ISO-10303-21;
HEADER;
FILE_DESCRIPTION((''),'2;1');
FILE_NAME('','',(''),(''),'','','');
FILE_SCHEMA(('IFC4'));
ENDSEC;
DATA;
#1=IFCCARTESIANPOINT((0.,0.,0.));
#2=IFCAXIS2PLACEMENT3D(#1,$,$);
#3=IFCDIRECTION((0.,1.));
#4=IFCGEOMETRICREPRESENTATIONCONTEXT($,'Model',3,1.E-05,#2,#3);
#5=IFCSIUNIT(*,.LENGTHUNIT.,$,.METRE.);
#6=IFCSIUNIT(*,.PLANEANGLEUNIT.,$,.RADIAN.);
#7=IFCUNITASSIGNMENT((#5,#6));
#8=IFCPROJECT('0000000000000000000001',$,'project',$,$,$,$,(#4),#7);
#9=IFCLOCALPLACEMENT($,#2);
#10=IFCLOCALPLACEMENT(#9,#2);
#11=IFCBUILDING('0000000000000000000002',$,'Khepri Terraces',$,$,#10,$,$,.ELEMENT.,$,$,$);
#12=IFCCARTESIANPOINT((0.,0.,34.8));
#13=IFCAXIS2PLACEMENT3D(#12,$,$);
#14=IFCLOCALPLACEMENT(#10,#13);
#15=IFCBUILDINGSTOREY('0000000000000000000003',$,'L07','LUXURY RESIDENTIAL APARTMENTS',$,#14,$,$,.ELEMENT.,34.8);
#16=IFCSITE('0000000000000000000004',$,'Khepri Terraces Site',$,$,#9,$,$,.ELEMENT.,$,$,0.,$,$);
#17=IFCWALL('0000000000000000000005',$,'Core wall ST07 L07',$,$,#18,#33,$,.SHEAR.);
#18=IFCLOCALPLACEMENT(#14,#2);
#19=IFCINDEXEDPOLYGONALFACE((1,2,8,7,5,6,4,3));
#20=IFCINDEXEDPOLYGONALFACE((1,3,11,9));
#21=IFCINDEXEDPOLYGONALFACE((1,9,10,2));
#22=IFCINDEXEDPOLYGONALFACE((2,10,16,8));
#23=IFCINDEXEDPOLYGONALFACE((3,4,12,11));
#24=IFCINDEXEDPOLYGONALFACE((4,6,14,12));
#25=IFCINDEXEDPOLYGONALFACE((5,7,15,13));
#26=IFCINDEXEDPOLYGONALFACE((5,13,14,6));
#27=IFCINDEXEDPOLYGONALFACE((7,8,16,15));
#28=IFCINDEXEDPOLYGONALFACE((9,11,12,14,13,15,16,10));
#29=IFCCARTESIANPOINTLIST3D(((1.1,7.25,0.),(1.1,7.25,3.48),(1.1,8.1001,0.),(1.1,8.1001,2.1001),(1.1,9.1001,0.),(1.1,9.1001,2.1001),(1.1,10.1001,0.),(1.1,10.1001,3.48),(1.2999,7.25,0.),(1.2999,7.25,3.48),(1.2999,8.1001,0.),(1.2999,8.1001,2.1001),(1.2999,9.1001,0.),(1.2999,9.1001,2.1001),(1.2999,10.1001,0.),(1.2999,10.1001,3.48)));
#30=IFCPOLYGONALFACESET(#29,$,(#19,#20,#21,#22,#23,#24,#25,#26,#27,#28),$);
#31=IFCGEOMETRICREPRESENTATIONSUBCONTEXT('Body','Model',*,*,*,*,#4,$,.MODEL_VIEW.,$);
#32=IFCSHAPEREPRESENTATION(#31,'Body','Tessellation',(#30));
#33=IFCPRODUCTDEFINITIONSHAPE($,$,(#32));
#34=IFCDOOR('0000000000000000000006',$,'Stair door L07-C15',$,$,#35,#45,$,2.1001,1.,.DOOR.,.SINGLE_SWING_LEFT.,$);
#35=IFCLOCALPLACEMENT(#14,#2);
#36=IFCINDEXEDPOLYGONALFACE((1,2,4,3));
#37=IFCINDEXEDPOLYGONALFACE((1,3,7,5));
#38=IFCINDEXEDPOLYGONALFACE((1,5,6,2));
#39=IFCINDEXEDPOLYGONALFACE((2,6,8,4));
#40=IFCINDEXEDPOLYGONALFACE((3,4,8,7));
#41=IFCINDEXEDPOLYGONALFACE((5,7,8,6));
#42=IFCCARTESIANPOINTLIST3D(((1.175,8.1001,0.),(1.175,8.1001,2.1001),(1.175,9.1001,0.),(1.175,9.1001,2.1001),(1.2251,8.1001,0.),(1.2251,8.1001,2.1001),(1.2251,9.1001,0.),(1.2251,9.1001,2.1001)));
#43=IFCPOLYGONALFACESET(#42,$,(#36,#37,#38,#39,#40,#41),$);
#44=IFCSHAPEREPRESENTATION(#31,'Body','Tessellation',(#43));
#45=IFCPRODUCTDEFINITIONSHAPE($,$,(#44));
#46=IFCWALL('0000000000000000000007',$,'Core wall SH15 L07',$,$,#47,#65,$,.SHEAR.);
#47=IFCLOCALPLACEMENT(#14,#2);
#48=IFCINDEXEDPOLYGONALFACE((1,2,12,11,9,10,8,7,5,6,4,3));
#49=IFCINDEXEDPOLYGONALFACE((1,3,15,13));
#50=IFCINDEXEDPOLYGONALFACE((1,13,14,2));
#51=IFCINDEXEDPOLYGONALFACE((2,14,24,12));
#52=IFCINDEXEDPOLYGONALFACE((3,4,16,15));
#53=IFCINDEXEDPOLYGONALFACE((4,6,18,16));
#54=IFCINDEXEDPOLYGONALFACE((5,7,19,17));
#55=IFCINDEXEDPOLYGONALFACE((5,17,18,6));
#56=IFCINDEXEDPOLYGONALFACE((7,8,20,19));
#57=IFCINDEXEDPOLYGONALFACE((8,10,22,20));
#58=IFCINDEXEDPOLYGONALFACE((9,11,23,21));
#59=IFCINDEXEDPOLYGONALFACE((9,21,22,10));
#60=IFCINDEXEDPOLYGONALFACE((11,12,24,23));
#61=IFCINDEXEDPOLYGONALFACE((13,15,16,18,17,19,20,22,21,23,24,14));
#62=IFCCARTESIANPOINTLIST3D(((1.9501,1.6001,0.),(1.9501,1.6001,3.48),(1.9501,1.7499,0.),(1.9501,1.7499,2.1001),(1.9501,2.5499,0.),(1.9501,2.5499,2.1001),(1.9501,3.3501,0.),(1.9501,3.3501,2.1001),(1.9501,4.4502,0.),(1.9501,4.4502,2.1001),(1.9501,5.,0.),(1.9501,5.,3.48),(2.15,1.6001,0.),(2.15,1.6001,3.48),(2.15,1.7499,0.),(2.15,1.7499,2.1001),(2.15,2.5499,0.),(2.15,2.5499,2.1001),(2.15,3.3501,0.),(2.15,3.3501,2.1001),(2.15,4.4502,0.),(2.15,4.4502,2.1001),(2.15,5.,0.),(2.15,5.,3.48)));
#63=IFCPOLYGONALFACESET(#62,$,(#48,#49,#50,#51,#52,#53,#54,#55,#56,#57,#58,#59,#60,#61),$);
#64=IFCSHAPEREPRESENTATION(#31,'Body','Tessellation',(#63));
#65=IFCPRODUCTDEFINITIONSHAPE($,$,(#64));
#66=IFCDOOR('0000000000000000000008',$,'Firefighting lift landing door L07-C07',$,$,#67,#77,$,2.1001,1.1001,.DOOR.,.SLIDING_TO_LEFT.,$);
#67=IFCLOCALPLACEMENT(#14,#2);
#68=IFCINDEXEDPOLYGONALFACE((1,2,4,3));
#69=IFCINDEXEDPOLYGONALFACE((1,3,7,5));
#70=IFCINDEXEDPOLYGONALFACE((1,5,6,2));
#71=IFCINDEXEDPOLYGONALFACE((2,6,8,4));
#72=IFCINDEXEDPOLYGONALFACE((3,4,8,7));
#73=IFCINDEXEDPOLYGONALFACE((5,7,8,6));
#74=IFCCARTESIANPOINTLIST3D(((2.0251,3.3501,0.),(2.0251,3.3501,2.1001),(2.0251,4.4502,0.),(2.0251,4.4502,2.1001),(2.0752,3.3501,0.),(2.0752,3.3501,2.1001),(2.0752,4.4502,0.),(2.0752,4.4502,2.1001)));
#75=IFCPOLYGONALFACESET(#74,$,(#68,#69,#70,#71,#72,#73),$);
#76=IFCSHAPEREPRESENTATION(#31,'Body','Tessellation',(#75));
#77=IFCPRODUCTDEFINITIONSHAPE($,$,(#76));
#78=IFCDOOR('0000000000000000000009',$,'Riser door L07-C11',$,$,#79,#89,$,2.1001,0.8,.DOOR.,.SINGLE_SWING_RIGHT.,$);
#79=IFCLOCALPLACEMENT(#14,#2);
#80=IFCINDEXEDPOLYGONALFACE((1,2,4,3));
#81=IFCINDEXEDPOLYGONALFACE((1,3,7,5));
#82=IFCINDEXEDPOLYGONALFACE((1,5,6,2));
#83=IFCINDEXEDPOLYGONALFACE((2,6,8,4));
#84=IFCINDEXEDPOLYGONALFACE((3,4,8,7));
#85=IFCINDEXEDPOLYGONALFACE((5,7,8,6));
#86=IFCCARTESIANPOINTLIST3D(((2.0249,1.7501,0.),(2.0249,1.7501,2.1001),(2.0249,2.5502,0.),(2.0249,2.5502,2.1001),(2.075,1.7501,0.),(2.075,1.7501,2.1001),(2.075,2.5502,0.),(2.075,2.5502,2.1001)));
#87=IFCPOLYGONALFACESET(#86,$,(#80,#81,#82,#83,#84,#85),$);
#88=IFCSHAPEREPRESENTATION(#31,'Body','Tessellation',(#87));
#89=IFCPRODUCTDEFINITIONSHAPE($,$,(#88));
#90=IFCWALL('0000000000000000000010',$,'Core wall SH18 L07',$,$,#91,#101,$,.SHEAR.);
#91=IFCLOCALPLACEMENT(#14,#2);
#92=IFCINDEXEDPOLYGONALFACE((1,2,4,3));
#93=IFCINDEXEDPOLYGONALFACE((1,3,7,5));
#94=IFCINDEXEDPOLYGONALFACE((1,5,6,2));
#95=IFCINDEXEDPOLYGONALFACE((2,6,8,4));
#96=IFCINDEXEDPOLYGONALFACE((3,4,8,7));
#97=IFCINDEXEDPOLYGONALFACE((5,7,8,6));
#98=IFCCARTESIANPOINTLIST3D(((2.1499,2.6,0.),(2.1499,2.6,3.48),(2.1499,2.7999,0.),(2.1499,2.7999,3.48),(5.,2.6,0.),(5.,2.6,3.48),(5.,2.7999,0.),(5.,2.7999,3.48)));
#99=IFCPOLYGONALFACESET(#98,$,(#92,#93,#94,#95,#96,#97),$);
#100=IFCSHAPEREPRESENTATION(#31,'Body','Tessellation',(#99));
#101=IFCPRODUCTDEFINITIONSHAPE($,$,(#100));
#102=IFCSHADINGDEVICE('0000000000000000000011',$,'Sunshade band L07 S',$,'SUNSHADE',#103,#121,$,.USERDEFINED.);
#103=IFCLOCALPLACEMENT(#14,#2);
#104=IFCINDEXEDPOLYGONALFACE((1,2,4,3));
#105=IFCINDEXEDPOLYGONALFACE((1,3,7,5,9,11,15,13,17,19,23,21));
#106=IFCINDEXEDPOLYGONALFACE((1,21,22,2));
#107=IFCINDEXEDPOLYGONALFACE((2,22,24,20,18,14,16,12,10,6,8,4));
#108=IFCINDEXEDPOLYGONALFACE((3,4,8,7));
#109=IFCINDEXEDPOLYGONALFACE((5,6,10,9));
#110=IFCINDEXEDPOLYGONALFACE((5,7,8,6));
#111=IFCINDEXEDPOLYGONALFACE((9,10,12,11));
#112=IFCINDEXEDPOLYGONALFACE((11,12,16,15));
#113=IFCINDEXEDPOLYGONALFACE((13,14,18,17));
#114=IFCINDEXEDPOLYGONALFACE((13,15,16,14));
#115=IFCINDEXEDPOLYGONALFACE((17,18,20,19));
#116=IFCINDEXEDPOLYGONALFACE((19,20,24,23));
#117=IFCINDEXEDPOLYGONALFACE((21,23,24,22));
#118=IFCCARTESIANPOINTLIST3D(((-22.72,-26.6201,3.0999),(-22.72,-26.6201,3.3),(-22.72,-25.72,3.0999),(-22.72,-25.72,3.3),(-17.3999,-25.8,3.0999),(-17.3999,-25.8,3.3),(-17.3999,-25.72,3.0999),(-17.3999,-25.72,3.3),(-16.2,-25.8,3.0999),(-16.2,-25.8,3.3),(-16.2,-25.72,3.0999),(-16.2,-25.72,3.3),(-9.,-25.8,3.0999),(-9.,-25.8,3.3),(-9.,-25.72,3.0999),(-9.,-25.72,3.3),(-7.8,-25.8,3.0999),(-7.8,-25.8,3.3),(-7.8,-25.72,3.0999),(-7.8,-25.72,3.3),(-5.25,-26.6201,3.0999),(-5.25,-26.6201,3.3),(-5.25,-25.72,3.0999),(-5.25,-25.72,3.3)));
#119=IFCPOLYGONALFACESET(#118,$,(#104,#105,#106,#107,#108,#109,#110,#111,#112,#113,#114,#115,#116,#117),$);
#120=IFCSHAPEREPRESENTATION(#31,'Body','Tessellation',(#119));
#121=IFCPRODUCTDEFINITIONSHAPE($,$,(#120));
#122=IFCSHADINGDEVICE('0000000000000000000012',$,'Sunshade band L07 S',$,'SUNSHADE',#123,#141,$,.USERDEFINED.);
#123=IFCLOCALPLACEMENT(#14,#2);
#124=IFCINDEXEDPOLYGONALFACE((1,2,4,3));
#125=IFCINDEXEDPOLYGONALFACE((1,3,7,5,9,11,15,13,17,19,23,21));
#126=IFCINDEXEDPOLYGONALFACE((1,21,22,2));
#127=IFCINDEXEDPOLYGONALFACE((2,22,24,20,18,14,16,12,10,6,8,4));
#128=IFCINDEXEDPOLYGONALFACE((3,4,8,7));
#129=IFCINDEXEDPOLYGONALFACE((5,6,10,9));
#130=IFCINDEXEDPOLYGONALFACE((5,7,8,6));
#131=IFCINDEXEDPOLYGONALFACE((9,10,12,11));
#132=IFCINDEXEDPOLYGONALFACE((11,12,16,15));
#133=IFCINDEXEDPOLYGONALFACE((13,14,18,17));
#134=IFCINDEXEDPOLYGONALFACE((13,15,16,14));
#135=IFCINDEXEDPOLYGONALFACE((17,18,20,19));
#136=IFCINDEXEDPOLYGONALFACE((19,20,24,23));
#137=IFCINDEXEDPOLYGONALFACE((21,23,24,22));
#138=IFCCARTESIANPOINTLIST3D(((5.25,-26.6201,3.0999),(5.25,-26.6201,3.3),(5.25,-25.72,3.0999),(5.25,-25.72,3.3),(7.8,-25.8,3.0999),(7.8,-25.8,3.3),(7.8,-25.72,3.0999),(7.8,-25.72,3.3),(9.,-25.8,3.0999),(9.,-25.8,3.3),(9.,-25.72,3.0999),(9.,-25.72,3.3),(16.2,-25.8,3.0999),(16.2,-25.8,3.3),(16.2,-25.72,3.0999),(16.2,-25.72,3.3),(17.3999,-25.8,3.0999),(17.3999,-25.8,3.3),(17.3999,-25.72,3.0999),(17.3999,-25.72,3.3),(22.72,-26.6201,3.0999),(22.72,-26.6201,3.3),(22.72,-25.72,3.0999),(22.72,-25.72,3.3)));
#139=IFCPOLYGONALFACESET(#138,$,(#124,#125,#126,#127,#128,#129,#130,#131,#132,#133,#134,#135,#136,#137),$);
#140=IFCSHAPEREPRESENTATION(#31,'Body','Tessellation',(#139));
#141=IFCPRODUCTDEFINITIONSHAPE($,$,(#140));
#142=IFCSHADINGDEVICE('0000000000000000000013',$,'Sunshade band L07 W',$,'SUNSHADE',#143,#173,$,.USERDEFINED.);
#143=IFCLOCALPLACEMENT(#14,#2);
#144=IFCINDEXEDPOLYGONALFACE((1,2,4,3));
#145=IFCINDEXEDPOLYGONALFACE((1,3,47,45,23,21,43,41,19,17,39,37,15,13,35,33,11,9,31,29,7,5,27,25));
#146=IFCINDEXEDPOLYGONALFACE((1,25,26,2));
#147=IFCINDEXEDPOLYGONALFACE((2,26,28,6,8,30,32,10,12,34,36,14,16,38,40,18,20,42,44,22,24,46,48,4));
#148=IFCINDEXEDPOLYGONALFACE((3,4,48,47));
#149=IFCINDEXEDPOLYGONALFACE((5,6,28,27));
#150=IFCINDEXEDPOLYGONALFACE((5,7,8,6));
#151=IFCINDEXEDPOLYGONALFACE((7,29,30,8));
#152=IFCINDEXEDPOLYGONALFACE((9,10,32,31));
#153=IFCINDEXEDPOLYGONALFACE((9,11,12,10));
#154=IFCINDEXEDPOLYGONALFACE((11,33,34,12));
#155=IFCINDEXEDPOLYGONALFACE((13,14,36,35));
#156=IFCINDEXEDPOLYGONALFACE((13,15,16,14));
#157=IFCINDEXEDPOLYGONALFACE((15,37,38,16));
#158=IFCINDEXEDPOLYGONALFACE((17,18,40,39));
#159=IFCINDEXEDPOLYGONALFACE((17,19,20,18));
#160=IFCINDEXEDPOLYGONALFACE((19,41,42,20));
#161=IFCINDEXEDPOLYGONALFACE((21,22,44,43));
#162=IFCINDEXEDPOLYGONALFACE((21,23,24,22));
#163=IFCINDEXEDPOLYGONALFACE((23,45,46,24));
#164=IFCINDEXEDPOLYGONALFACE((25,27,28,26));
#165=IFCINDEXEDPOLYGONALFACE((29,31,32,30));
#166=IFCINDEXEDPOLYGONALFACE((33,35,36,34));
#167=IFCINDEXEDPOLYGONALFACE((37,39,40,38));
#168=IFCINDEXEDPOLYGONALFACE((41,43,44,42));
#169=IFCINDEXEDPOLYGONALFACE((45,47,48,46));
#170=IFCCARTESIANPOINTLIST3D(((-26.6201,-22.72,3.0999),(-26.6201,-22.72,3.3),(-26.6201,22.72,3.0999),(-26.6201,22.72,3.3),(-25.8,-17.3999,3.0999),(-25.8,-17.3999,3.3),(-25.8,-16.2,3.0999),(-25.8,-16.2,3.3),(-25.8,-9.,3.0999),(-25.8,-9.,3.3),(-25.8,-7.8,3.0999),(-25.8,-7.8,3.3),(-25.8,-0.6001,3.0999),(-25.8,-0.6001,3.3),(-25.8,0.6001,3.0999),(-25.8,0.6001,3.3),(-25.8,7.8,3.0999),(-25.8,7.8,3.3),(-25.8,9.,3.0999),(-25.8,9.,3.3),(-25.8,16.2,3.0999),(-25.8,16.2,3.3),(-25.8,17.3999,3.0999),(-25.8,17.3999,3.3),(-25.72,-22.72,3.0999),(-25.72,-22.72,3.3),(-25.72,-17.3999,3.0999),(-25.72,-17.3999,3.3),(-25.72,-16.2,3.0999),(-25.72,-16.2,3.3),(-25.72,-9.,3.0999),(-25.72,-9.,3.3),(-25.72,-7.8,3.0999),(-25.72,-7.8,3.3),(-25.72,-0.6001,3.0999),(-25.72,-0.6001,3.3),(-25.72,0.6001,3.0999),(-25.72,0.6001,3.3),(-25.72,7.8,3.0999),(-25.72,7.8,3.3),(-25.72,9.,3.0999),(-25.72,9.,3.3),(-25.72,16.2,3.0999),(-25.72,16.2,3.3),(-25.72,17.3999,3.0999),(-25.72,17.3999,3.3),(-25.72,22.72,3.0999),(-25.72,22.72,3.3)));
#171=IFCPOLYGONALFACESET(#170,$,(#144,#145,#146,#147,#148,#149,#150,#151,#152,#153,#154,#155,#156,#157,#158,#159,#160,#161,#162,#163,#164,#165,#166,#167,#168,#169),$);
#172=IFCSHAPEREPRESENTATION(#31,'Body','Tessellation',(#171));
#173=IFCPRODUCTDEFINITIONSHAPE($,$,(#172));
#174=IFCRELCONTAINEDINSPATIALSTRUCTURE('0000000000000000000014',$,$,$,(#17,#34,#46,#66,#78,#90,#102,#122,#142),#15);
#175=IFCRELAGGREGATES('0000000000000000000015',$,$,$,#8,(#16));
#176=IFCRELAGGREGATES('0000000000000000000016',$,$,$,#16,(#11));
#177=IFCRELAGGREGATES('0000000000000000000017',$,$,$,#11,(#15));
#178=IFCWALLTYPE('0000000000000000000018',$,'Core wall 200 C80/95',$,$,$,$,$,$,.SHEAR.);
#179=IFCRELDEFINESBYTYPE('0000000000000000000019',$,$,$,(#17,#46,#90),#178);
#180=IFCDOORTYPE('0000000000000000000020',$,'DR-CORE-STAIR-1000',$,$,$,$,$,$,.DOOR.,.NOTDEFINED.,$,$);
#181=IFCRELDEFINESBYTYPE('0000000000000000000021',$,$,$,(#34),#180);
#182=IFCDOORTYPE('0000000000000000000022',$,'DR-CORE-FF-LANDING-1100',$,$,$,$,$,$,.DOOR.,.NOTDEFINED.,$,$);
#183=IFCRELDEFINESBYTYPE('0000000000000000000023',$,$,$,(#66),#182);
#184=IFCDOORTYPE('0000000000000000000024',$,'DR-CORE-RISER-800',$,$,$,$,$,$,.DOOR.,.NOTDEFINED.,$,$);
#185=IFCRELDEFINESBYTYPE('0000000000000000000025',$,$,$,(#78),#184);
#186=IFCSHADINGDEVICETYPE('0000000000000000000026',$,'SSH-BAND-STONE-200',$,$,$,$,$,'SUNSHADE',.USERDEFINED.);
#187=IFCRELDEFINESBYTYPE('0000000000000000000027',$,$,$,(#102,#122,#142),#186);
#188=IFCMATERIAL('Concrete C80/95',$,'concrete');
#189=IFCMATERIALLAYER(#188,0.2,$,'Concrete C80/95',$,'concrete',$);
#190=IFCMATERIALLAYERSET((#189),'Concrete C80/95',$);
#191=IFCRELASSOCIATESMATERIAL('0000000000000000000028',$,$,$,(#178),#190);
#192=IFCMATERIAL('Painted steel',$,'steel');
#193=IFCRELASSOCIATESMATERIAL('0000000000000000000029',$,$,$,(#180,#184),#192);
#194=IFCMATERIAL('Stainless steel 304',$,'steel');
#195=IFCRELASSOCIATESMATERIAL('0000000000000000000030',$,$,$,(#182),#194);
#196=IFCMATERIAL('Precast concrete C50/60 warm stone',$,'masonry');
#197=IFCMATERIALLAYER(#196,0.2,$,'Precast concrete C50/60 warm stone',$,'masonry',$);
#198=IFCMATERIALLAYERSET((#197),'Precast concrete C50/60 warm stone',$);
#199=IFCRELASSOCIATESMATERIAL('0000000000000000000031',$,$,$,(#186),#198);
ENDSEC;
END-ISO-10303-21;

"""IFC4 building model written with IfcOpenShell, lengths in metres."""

from ifc_helpers import new_model, si_unit, direction, frame, frame_2d, origin, place, context, subcontext, project, spatial, polyline, rectangle, outline, extrude, material, layer, layer_set, type_object, element, fill, save


model = new_model("IFC4")

# Units and contexts
model_context = context("Model", 3, precision=1e-05, world=origin(), true_north=direction((0.0, 1.0)))
body_context = subcontext(model_context, "Body", "Model", "MODEL_VIEW")
ifc_project = project(units=[si_unit("LENGTHUNIT", "METRE"), si_unit("PLANEANGLEUNIT", "RADIAN")], contexts=[model_context])

# Site, building, storey
site_placement = place(None, origin())
site = spatial("IfcSite", under=ifc_project, at=site_placement, Name="Khepri Terraces Site", CompositionType="ELEMENT", RefElevation=0.0)
building_placement = place(site_placement, origin())
building = spatial("IfcBuilding", under=site, at=building_placement, Name="Khepri Terraces", CompositionType="ELEMENT")
storey_placement = place(building_placement, frame((0.0, 0.0, 34.8)))
storey = spatial("IfcBuildingStorey", under=building, at=storey_placement, Name="L07", Description="LUXURY RESIDENTIAL APARTMENTS", CompositionType="ELEMENT", Elevation=34.8)

# Shared definitions
ifc_material_1 = material(Name="Precast concrete C50/60 warm stone", Category="masonry")

# Shared definitions
ifc_material_2 = material(Name="Concrete C80/95", Category="concrete")
ifc_layer_1 = layer(ifc_material_2, 0.2, Name="Concrete C80/95", Category="concrete")
ifc_layer_set_1 = layer_set([ifc_layer_1], Name="Concrete C80/95")
wall_type = type_object("IfcWallType", Name="Core wall 200 C80/95", PredefinedType="SHEAR", material=ifc_layer_set_1)

# Wall, opening, door
wall_1_placement = place(storey_placement, frame((1.2, 7.25, 0.0), z_axis=(0.0, 0.0, 1.0), x_axis=(0.0, 1.0, 0.0)))
wall_1 = element("IfcWall", 1, at=wall_1_placement, inside=storey, type_object=wall_type, Name="Core wall ST07 L07", PredefinedType="SHEAR", context=body_context, shape_type="SweptSolid", body=[
    extrude(rectangle(XDim=2.8501, YDim=0.2, at=frame_2d((1.425, 0.0))), origin(), (0.0, 0.0, 1.0), 3.48),
])
opening_1_placement = place(wall_1_placement, frame((0.8501, 0.0, 0.0)))
opening_1 = element("IfcOpeningElement", 2, at=opening_1_placement, cuts=wall_1, PredefinedType="OPENING", context=body_context, shape_type="SweptSolid", body=[
    extrude(rectangle(XDim=1.0, YDim=2.1001, at=frame_2d((0.5, 1.05))), frame((0.0, 0.1099, 0.0), z_axis=(0.0, -1.0, 0.0), x_axis=(1.0, 0.0, 0.0)), (0.0, 0.0, 1.0), 0.22),
])
ifc_material_3 = material(Name="Painted steel", Category="steel")
door_type_1 = type_object("IfcDoorType", Name="DR-CORE-STAIR-1000", OperationType="NOTDEFINED", PredefinedType="DOOR", material=ifc_material_3)
door_1_placement = place(opening_1_placement, origin())
door_1 = element("IfcDoor", 3, at=door_1_placement, inside=storey, type_object=door_type_1, Name="Stair door L07-C15", OperationType="SINGLE_SWING_LEFT", OverallHeight=2.1001, OverallWidth=1.0, PredefinedType="DOOR", context=body_context, shape_type="SweptSolid", body=[
    extrude(rectangle(XDim=1.0, YDim=2.1001, at=frame_2d((0.5, 1.05))), frame((0.0, 0.0249, 0.0), z_axis=(0.0, -1.0, 0.0), x_axis=(1.0, 0.0, 0.0)), (0.0, 0.0, 1.0), 0.05),
])
fill(opening_1, door_1)

# Wall, openings, doors
wall_2_placement = place(storey_placement, frame((2.05, 1.6001, 0.0), z_axis=(0.0, 0.0, 1.0), x_axis=(0.0, 1.0, 0.0)))
wall_2 = element("IfcWall", 4, at=wall_2_placement, inside=storey, type_object=wall_type, Name="Core wall SH15 L07", PredefinedType="SHEAR", context=body_context, shape_type="SweptSolid", body=[
    extrude(rectangle(XDim=3.3999, YDim=0.2, at=frame_2d((1.7, 0.0))), origin(), (0.0, 0.0, 1.0), 3.48),
])
opening_2_placement = place(wall_2_placement, frame((1.75, 0.0, 0.0)))
opening_2 = element("IfcOpeningElement", 5, at=opening_2_placement, cuts=wall_2, PredefinedType="OPENING", context=body_context, shape_type="SweptSolid", body=[
    extrude(rectangle(XDim=1.1001, YDim=2.1001, at=frame_2d((0.55, 1.05))), frame((0.0, 0.1099, 0.0), z_axis=(0.0, -1.0, 0.0), x_axis=(1.0, 0.0, 0.0)), (0.0, 0.0, 1.0), 0.22),
])
opening_3_placement = place(wall_2_placement, frame((0.1499, 0.0, 0.0)))
opening_3 = element("IfcOpeningElement", 6, at=opening_3_placement, cuts=wall_2, PredefinedType="OPENING", context=body_context, shape_type="SweptSolid", body=[
    extrude(rectangle(XDim=0.8, YDim=2.1001, at=frame_2d((0.3999, 1.05))), frame((0.0, 0.1099, 0.0), z_axis=(0.0, -1.0, 0.0), x_axis=(1.0, 0.0, 0.0)), (0.0, 0.0, 1.0), 0.22),
])
ifc_material_4 = material(Name="Stainless steel 304", Category="steel")
door_type_2 = type_object("IfcDoorType", Name="DR-CORE-FF-LANDING-1100", OperationType="NOTDEFINED", PredefinedType="DOOR", material=ifc_material_4)
door_2_placement = place(opening_2_placement, origin())
door_2 = element("IfcDoor", 7, at=door_2_placement, inside=storey, type_object=door_type_2, Name="Firefighting lift landing door L07-C07", OperationType="SLIDING_TO_LEFT", OverallHeight=2.1001, OverallWidth=1.1001, PredefinedType="DOOR", context=body_context, shape_type="SweptSolid", body=[
    extrude(rectangle(XDim=1.1001, YDim=2.1001, at=frame_2d((0.55, 1.05))), frame((0.0, 0.0249, 0.0), z_axis=(0.0, -1.0, 0.0), x_axis=(1.0, 0.0, 0.0)), (0.0, 0.0, 1.0), 0.05),
])
fill(opening_2, door_2)
door_type_3 = type_object("IfcDoorType", Name="DR-CORE-RISER-800", OperationType="NOTDEFINED", PredefinedType="DOOR", material=ifc_material_3)
door_3_placement = place(opening_3_placement, frame((0.8, 0.0, 0.0), z_axis=(0.0, 0.0, 1.0), x_axis=(-1.0, 0.0, 0.0)))
door_3 = element("IfcDoor", 8, at=door_3_placement, inside=storey, type_object=door_type_3, Name="Riser door L07-C11", OperationType="SINGLE_SWING_RIGHT", OverallHeight=2.1001, OverallWidth=0.8, PredefinedType="DOOR", context=body_context, shape_type="SweptSolid", body=[
    extrude(rectangle(XDim=0.8, YDim=2.1001, at=frame_2d((0.3999, 1.05))), frame((0.0, 0.0249, 0.0), z_axis=(0.0, -1.0, 0.0), x_axis=(1.0, 0.0, 0.0)), (0.0, 0.0, 1.0), 0.05),
])
fill(opening_3, door_3)

# Wall
wall_3_placement = place(storey_placement, frame((2.1499, 2.7, 0.0), z_axis=(0.0, 0.0, 1.0), x_axis=(1.0, 0.0, 0.0)))
element("IfcWall", 9, at=wall_3_placement, inside=storey, type_object=wall_type, Name="Core wall SH18 L07", PredefinedType="SHEAR", context=body_context, shape_type="SweptSolid", body=[
    extrude(rectangle(XDim=2.8501, YDim=0.2, at=frame_2d((1.425, 0.0))), origin(), (0.0, 0.0, 1.0), 3.48),
])

# Shading devices
ifc_layer_2 = layer(ifc_material_1, 0.2, Name="Precast concrete C50/60 warm stone", Category="masonry")
ifc_layer_set_2 = layer_set([ifc_layer_2], Name="Precast concrete C50/60 warm stone")
shading_device_type_1 = type_object("IfcShadingDeviceType", Name="SSH-BAND-STONE-200", ElementType="SUNSHADE", PredefinedType="USERDEFINED", material=ifc_layer_set_2)
shading_device_1_placement = place(storey_placement, frame((0.0, 0.0, 3.0999)))
element("IfcShadingDevice", 10, at=shading_device_1_placement, inside=storey, type_object=shading_device_type_1, Name="Sunshade band L07 S", ObjectType="SUNSHADE", PredefinedType="USERDEFINED", context=body_context, shape_type="SweptSolid", body=[
    extrude(outline(polyline([(-17.3999, -25.72), (-22.72, -25.72), (-22.72, -26.6201), (-5.25, -26.6201), (-5.25, -25.72), (-7.8, -25.72), (-7.8, -25.8), (-9.0, -25.8), (-9.0, -25.72), (-16.2, -25.72), (-16.2, -25.8), (-17.3999, -25.8), (-17.3999, -25.72)])), origin(), (0.0, 0.0, 1.0), 0.2002),
])
shading_device_2_placement = place(storey_placement, frame((0.0, 0.0, 3.0999)))
element("IfcShadingDevice", 11, at=shading_device_2_placement, inside=storey, type_object=shading_device_type_1, Name="Sunshade band L07 S", ObjectType="SUNSHADE", PredefinedType="USERDEFINED", context=body_context, shape_type="SweptSolid", body=[
    extrude(outline(polyline([(7.8, -25.72), (5.25, -25.72), (5.25, -26.6201), (22.72, -26.6201), (22.72, -25.72), (17.3999, -25.72), (17.3999, -25.8), (16.2, -25.8), (16.2, -25.72), (9.0, -25.72), (9.0, -25.8), (7.8, -25.8), (7.8, -25.72)])), origin(), (0.0, 0.0, 1.0), 0.2002),
])
shading_device_3_placement = place(storey_placement, frame((0.0, 0.0, 3.0999)))
element("IfcShadingDevice", 12, at=shading_device_3_placement, inside=storey, type_object=shading_device_type_1, Name="Sunshade band L07 W", ObjectType="SUNSHADE", PredefinedType="USERDEFINED", context=body_context, shape_type="SweptSolid", body=[
    extrude(outline(polyline([(-25.72, 17.3999), (-25.72, 22.72), (-26.6201, 22.72), (-26.6201, -22.72), (-25.72, -22.72), (-25.72, -17.3999), (-25.8, -17.3999), (-25.8, -16.2), (-25.72, -16.2), (-25.72, -9.0), (-25.8, -9.0), (-25.8, -7.8), (-25.72, -7.8), (-25.72, -0.6001), (-25.8, -0.6001), (-25.8, 0.6001), (-25.72, 0.6001), (-25.72, 7.8), (-25.8, 7.8), (-25.8, 9.0), (-25.72, 9.0), (-25.72, 16.2), (-25.8, 16.2), (-25.8, 17.3999), (-25.72, 17.3999)])), origin(), (0.0, 0.0, 1.0), 0.2002),
])

save(model, "model.ifc")
